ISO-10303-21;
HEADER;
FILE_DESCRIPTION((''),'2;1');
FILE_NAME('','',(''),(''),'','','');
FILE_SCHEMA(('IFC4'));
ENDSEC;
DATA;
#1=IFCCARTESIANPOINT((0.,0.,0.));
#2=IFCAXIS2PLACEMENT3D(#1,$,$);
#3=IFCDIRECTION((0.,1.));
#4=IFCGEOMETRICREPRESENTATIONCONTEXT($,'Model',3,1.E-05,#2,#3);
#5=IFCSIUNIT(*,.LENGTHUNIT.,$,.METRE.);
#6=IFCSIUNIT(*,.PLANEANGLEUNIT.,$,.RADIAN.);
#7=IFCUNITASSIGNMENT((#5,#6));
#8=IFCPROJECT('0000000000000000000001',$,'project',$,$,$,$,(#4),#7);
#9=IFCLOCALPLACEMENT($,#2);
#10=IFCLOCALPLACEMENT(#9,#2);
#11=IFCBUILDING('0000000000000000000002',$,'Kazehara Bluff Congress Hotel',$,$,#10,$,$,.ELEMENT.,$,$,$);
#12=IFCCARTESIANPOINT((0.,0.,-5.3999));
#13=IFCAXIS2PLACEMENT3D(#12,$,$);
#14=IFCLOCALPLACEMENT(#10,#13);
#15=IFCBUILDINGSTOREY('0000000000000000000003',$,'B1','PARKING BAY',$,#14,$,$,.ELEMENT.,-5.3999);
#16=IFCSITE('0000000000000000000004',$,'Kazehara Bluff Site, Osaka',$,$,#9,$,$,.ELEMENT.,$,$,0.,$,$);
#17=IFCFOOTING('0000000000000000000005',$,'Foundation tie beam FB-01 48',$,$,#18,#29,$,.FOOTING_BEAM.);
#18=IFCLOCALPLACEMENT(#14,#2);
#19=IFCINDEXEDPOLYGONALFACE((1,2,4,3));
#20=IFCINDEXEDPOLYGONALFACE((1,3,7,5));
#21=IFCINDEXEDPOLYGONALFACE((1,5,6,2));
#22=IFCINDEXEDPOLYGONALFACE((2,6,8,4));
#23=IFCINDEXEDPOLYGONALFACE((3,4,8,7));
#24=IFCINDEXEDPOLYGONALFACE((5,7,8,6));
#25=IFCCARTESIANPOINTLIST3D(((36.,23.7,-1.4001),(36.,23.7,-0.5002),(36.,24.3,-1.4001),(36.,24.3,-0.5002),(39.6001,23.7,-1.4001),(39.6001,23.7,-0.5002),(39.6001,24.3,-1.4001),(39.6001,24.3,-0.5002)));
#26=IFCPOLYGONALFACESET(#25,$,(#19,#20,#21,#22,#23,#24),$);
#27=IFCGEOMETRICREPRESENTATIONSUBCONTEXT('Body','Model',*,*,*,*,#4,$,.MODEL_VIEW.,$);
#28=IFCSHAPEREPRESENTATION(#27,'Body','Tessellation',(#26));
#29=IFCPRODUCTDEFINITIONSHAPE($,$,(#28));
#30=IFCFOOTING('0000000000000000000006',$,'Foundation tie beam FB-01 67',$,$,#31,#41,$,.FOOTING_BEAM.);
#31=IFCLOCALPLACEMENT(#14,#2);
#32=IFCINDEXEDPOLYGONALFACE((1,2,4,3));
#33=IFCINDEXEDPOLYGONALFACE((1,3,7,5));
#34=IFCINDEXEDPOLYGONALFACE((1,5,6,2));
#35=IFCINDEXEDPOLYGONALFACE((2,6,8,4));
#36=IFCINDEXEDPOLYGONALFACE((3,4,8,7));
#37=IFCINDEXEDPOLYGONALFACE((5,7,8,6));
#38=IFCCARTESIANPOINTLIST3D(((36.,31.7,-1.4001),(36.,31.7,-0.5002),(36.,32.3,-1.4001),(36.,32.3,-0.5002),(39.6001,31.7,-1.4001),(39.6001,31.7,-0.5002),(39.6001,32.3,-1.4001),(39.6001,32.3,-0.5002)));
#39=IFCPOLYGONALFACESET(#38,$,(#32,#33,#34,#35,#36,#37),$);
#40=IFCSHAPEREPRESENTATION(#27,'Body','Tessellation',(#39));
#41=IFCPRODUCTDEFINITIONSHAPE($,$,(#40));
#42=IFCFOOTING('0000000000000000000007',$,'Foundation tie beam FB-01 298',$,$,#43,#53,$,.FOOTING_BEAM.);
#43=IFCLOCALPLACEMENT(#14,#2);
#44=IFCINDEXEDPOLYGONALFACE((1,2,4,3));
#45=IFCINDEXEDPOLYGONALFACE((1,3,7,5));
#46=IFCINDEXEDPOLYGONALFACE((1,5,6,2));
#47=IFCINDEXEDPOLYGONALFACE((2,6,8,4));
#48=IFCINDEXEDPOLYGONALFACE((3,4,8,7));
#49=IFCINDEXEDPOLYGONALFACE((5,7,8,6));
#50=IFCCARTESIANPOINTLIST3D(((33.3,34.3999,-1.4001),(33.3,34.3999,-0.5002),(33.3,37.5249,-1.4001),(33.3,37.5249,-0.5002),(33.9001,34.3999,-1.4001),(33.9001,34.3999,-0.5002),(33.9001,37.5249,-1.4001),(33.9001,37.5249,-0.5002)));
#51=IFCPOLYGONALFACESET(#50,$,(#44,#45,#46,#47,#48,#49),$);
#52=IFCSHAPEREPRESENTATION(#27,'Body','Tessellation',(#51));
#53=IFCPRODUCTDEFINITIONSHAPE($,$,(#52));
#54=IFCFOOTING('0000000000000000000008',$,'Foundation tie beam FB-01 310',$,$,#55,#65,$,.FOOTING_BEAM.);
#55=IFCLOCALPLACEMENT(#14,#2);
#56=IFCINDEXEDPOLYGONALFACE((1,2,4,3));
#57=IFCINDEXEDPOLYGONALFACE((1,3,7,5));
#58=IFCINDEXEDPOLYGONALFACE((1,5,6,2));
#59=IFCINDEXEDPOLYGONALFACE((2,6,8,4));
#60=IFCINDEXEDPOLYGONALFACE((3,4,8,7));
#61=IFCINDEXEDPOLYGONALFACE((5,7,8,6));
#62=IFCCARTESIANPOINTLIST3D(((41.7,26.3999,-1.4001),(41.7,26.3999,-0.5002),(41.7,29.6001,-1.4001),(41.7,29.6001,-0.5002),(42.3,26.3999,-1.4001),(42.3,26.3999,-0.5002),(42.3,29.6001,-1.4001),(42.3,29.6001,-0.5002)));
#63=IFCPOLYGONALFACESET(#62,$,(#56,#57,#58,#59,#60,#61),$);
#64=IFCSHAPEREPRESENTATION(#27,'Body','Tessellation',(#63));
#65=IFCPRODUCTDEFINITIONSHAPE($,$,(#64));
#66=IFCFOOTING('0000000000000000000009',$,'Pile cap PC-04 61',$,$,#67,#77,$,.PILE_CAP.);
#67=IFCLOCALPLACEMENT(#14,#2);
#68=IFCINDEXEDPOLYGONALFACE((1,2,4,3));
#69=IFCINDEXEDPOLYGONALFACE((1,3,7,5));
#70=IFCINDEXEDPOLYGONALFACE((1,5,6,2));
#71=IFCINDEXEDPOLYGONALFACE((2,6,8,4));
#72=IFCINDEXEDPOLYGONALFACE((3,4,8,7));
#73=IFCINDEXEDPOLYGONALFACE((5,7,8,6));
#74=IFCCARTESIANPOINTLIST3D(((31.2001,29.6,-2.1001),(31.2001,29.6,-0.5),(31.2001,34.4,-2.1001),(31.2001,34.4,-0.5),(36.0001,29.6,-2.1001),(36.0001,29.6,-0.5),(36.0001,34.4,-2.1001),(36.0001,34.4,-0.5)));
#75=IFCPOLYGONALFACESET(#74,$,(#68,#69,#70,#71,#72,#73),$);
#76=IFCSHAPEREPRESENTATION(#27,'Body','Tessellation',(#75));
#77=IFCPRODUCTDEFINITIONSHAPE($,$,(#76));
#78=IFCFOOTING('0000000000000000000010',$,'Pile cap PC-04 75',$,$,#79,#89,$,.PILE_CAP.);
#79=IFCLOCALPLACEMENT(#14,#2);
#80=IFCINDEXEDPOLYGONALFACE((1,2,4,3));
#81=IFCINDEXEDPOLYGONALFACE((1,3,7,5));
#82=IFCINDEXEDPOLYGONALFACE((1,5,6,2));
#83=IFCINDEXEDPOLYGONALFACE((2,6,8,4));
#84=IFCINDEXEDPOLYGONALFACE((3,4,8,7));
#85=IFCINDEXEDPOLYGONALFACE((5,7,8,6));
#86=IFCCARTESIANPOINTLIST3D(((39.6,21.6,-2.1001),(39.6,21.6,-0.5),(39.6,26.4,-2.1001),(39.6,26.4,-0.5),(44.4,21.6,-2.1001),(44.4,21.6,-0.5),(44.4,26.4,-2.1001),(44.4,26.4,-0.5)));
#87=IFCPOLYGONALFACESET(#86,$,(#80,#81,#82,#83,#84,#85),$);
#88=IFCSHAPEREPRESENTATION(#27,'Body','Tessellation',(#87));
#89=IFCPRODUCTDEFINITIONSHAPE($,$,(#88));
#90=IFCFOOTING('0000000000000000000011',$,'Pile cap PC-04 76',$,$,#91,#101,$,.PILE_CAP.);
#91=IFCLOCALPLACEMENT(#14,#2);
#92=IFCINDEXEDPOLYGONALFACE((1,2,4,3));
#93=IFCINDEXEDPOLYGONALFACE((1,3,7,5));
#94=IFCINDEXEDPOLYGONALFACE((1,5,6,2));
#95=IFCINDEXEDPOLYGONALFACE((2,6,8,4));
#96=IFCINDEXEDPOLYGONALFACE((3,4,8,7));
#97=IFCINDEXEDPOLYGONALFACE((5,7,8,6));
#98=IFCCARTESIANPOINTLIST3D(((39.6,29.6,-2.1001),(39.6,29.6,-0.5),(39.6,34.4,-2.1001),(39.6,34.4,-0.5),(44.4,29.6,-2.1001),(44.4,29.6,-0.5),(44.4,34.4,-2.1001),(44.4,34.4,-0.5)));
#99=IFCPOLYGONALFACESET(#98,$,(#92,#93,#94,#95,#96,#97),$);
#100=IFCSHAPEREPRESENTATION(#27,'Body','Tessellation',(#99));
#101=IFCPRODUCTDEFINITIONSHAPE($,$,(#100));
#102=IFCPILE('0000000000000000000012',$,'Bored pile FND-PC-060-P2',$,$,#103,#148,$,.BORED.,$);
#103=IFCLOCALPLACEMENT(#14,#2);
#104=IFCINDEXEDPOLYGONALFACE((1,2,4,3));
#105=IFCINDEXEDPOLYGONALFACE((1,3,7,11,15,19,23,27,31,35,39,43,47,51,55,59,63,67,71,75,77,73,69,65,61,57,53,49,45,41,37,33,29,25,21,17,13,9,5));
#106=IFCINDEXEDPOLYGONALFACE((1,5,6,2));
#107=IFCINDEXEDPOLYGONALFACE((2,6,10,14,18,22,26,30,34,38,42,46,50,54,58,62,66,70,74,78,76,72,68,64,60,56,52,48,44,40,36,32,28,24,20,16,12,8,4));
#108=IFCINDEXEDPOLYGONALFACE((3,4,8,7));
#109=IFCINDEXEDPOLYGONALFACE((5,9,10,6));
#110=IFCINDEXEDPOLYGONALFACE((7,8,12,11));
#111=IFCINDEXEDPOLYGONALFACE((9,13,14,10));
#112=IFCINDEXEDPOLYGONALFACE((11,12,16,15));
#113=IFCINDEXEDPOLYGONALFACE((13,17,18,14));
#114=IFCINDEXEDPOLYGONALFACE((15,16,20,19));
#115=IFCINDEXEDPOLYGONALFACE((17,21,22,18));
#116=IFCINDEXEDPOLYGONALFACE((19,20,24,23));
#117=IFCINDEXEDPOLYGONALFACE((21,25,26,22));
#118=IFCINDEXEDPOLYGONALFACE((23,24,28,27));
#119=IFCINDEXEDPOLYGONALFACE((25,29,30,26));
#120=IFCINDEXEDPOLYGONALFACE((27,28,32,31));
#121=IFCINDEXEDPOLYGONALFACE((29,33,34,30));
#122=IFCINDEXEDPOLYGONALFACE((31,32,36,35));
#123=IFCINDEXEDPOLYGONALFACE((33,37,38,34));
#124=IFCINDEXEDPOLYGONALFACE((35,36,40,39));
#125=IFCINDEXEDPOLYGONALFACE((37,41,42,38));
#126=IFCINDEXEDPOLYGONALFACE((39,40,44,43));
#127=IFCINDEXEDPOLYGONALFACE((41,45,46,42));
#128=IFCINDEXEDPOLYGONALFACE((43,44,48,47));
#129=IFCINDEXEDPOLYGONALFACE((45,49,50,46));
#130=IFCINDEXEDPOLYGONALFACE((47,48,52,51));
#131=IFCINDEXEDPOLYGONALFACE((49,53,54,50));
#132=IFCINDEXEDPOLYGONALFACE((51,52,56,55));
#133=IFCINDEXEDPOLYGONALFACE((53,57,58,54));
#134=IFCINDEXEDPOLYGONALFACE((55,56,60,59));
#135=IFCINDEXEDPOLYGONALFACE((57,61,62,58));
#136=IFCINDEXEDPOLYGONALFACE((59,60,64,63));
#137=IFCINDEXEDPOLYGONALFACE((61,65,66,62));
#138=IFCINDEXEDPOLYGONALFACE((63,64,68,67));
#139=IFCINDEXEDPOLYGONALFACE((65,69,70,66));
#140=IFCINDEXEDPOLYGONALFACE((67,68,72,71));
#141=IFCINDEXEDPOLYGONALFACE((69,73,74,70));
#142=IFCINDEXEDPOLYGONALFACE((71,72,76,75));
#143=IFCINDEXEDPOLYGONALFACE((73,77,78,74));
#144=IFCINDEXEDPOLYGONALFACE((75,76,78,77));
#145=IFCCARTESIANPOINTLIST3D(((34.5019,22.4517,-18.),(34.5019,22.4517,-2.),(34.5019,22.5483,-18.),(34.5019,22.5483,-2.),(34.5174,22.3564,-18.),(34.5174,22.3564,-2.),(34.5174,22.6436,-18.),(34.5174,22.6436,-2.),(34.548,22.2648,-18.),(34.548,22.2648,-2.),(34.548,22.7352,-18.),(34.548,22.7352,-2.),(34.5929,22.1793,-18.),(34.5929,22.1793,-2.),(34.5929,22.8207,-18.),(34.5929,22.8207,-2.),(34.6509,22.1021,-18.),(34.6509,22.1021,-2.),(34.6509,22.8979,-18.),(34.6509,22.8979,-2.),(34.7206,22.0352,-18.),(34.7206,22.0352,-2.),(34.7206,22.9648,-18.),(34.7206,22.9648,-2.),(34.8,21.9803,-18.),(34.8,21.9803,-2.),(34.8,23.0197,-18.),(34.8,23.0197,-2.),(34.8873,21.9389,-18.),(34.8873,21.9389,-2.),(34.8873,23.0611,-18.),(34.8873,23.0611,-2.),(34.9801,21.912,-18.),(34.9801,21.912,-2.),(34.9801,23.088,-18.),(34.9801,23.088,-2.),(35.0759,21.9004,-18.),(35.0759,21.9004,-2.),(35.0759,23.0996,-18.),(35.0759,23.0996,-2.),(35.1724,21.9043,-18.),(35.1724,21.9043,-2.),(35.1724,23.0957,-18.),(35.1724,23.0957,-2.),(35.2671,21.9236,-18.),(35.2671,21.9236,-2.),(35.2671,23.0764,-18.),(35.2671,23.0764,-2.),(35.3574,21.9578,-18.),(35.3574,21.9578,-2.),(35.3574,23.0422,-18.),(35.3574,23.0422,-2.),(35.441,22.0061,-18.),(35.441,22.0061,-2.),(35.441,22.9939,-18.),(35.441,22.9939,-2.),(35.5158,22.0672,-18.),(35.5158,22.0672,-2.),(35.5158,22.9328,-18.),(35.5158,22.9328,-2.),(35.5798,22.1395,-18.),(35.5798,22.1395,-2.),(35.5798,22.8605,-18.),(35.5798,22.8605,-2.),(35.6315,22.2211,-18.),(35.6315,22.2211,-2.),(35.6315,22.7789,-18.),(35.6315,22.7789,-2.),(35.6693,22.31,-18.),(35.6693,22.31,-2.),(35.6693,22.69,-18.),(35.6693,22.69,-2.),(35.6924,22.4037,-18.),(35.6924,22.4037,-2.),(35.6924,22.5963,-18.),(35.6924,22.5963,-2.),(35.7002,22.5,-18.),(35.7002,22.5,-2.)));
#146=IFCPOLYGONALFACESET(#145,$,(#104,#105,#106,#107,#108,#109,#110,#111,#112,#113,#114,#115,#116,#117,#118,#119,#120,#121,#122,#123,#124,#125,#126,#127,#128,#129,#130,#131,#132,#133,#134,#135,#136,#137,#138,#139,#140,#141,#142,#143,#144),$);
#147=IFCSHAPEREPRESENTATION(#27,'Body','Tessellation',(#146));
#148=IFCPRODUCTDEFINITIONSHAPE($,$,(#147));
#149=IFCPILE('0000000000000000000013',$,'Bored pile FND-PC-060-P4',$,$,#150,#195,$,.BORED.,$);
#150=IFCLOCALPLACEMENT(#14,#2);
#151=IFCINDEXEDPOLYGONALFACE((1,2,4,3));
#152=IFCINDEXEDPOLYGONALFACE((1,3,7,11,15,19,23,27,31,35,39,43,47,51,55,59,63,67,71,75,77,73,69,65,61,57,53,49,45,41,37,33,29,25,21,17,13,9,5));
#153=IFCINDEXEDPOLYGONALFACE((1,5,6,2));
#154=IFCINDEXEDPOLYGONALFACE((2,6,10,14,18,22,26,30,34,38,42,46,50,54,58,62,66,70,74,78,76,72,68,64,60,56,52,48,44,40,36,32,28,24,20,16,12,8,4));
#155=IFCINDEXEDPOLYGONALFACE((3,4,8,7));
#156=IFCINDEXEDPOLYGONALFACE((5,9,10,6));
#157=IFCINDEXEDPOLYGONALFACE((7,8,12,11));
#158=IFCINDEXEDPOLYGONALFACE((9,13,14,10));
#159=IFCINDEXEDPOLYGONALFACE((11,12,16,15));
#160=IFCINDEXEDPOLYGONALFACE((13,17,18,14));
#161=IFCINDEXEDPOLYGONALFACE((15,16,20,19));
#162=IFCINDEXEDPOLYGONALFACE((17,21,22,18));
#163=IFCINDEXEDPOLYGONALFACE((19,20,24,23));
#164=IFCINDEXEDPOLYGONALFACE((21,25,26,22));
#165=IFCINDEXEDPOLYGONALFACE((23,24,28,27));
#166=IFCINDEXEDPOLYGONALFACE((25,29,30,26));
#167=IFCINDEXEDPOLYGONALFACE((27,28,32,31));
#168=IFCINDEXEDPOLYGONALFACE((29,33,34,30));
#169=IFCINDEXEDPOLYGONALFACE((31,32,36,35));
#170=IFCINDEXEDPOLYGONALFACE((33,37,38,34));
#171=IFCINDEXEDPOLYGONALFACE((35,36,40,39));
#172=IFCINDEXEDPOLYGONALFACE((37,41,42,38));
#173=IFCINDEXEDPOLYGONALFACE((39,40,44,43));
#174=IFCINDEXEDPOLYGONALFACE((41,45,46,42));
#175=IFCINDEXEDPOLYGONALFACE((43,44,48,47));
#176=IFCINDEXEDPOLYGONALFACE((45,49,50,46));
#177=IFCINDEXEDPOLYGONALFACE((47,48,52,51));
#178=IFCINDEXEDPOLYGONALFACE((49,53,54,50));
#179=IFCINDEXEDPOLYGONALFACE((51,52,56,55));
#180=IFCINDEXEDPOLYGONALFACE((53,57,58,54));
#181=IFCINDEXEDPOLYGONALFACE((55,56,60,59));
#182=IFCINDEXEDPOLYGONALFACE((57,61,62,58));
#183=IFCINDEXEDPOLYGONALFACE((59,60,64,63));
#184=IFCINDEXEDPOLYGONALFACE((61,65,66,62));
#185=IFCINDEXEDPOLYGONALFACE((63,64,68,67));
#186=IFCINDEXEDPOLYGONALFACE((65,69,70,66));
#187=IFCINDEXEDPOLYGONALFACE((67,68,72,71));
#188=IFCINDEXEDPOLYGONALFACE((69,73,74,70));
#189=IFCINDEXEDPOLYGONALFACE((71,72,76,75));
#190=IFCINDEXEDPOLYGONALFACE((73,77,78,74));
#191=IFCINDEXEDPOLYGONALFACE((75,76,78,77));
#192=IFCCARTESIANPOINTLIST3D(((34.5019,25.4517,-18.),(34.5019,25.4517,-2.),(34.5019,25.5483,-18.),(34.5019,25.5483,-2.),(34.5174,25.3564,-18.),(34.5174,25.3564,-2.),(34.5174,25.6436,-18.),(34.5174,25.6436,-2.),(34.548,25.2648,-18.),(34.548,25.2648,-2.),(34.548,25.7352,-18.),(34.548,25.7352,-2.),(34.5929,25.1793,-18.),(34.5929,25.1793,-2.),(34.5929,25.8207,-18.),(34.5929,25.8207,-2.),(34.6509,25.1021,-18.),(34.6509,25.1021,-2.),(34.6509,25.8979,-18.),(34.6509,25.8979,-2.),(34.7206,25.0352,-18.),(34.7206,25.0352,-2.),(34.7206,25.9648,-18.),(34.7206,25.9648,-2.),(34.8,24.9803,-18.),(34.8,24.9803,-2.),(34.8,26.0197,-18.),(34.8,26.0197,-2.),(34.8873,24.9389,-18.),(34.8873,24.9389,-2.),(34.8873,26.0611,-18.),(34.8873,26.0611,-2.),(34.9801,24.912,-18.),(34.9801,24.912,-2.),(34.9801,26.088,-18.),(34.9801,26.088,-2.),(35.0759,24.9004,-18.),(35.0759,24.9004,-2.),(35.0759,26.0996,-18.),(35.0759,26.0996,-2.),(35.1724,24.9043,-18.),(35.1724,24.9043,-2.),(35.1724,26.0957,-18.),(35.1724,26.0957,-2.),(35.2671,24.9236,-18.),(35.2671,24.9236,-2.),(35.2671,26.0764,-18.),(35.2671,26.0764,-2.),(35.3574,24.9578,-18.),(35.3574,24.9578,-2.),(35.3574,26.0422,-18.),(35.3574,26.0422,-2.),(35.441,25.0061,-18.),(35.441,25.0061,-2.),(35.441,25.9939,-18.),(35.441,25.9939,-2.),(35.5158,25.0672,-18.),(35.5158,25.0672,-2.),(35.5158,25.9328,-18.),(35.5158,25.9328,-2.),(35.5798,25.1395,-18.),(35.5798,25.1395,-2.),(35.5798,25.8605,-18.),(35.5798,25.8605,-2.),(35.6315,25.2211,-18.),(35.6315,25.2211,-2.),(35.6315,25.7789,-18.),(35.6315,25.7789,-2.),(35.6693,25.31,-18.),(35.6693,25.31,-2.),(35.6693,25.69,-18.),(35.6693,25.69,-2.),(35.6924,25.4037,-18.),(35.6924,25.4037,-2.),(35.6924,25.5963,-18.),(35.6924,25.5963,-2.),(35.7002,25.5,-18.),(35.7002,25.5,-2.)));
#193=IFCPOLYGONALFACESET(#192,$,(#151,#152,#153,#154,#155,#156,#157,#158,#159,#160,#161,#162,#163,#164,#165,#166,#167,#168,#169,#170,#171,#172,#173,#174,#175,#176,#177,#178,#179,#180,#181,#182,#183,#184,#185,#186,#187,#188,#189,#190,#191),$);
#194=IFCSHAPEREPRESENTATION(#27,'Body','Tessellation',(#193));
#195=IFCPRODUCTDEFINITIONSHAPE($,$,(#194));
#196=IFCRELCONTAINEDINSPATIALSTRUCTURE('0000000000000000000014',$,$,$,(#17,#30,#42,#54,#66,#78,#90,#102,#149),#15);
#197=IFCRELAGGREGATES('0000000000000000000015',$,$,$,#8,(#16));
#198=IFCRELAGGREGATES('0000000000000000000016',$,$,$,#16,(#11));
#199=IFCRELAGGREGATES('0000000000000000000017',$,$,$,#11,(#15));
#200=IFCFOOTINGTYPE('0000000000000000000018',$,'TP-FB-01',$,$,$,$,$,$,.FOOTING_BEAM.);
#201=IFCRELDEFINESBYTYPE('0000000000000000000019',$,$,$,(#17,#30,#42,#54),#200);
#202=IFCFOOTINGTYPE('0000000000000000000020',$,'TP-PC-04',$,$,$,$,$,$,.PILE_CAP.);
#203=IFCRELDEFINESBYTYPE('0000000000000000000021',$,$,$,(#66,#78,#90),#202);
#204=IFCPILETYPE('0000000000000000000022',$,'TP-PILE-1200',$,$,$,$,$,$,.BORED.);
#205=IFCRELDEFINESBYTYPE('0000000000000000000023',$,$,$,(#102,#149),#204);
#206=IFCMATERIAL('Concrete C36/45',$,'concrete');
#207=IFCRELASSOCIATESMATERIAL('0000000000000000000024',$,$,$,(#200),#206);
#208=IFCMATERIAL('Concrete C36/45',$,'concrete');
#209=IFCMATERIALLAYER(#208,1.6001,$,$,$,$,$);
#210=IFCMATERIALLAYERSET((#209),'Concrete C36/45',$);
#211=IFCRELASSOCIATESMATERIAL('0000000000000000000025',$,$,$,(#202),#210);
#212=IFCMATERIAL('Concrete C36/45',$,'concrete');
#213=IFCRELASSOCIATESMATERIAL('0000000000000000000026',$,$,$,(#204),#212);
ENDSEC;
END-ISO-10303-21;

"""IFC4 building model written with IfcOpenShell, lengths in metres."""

from ifc_helpers import new_model, si_unit, direction, frame, origin, origin_2d, place, context, subcontext, project, spatial, rectangle, circle, extrude, material, layer, layer_set, material_profile, profile_set, type_object, element, save


model = new_model("IFC4")

# Units and contexts
model_context = context("Model", 3, precision=1e-05, world=origin(), true_north=direction((0.0, 1.0)))
body_context = subcontext(model_context, "Body", "Model", "MODEL_VIEW")
ifc_project = project(units=[si_unit("LENGTHUNIT", "METRE"), si_unit("PLANEANGLEUNIT", "RADIAN")], contexts=[model_context])

# Site, building, storey
site_placement = place(None, origin())
site = spatial("IfcSite", under=ifc_project, at=site_placement, Name="Kazehara Bluff Site, Osaka", CompositionType="ELEMENT", RefElevation=0.0)
building_placement = place(site_placement, origin())
building = spatial("IfcBuilding", under=site, at=building_placement, Name="Kazehara Bluff Congress Hotel", CompositionType="ELEMENT")
storey_placement = place(building_placement, frame((0.0, 0.0, -5.3999)))
storey = spatial("IfcBuildingStorey", under=building, at=storey_placement, Name="B1", Description="PARKING BAY", CompositionType="ELEMENT", Elevation=-5.3999)

# Footings
ifc_material_1 = material(Name="Concrete C36/45", Category="concrete")
ifc_material_profile_1 = material_profile(ifc_material_1, rectangle(XDim=0.6001, YDim=0.8999, at=origin_2d()))
ifc_profile_set_1 = profile_set([ifc_material_profile_1], Name="Concrete C36/45")
footing_type_1 = type_object("IfcFootingType", Name="TP-FB-01", PredefinedType="FOOTING_BEAM", material=ifc_profile_set_1)
for number, where, z_axis, x_axis, name in (
    (1, (36.0, 24.0, -0.9502), (1.0, 0.0, 0.0), (0.0, 1.0, 0.0), "Foundation tie beam FB-01 48"),
    (2, (36.0, 32.0, -0.9502), (1.0, 0.0, 0.0), (0.0, 1.0, 0.0), "Foundation tie beam FB-01 67"),
):
    element("IfcFooting", number, at=place(storey_placement, frame(where, z_axis=z_axis, x_axis=x_axis)), inside=storey, type_object=footing_type_1, Name=name, PredefinedType="FOOTING_BEAM", context=body_context, shape_type="SweptSolid", body=[
        extrude(rectangle(XDim=0.6001, YDim=0.8999, at=origin_2d()), origin(), (0.0, 0.0, 1.0), 3.6001),
    ])
footing_1_placement = place(storey_placement, frame((33.6001, 34.3999, -0.9502), z_axis=(0.0, 1.0, 0.0), x_axis=(-1.0, 0.0, 0.0)))
element("IfcFooting", 3, at=footing_1_placement, inside=storey, type_object=footing_type_1, Name="Foundation tie beam FB-01 298", PredefinedType="FOOTING_BEAM", context=body_context, shape_type="SweptSolid", body=[
    extrude(rectangle(XDim=0.6001, YDim=0.8999, at=origin_2d()), origin(), (0.0, 0.0, 1.0), 3.125),
])
footing_2_placement = place(storey_placement, frame((42.0, 26.3999, -0.9502), z_axis=(0.0, 1.0, 0.0), x_axis=(-1.0, 0.0, 0.0)))
element("IfcFooting", 4, at=footing_2_placement, inside=storey, type_object=footing_type_1, Name="Foundation tie beam FB-01 310", PredefinedType="FOOTING_BEAM", context=body_context, shape_type="SweptSolid", body=[
    extrude(rectangle(XDim=0.6001, YDim=0.8999, at=origin_2d()), origin(), (0.0, 0.0, 1.0), 3.2002),
])
ifc_material_2 = material(Name="Concrete C36/45", Category="concrete")
ifc_layer_1 = layer(ifc_material_2, 1.6001)
ifc_layer_set_1 = layer_set([ifc_layer_1], Name="Concrete C36/45")
footing_type_2 = type_object("IfcFootingType", Name="TP-PC-04", PredefinedType="PILE_CAP", material=ifc_layer_set_1)
for number, where, z_axis, x_axis, name in (
    (5, (33.6001, 32.0, -2.1001), (0.0, 0.0, 1.0), (1.0, 0.0, 0.0), "Pile cap PC-04 61"),
    (6, (42.0, 24.0, -2.1001), (0.0, 0.0, 1.0), (1.0, 0.0, 0.0), "Pile cap PC-04 75"),
    (7, (42.0, 32.0, -2.1001), (0.0, 0.0, 1.0), (1.0, 0.0, 0.0), "Pile cap PC-04 76"),
):
    element("IfcFooting", number, at=place(storey_placement, frame(where, z_axis=z_axis, x_axis=x_axis)), inside=storey, type_object=footing_type_2, Name=name, PredefinedType="PILE_CAP", context=body_context, shape_type="SweptSolid", body=[
        extrude(rectangle(XDim=4.8, YDim=4.8, at=origin_2d()), origin(), (0.0, 0.0, 1.0), 1.6001),
    ])

# Piles
ifc_material_3 = material(Name="Concrete C36/45", Category="concrete")
ifc_material_profile_2 = material_profile(ifc_material_3, circle(Radius=0.6001, at=origin_2d()))
ifc_profile_set_2 = profile_set([ifc_material_profile_2], Name="Concrete C36/45")
pile_type = type_object("IfcPileType", Name="TP-PILE-1200", PredefinedType="BORED", material=ifc_profile_set_2)
for number, where, z_axis, x_axis, name in (
    (8, (35.1001, 22.5, -2.0), (0.0, 0.0, -1.0), (1.0, 0.0, 0.0), "Bored pile FND-PC-060-P2"),
    (9, (35.1001, 25.5, -2.0), (0.0, 0.0, -1.0), (1.0, 0.0, 0.0), "Bored pile FND-PC-060-P4"),
):
    element("IfcPile", number, at=place(storey_placement, frame(where, z_axis=z_axis, x_axis=x_axis)), inside=storey, type_object=pile_type, Name=name, PredefinedType="BORED", context=body_context, shape_type="SweptSolid", body=[
        extrude(circle(Radius=0.6001, at=origin_2d()), origin(), (0.0, 0.0, 1.0), 16.0),
    ])

save(model, "model.ifc")
